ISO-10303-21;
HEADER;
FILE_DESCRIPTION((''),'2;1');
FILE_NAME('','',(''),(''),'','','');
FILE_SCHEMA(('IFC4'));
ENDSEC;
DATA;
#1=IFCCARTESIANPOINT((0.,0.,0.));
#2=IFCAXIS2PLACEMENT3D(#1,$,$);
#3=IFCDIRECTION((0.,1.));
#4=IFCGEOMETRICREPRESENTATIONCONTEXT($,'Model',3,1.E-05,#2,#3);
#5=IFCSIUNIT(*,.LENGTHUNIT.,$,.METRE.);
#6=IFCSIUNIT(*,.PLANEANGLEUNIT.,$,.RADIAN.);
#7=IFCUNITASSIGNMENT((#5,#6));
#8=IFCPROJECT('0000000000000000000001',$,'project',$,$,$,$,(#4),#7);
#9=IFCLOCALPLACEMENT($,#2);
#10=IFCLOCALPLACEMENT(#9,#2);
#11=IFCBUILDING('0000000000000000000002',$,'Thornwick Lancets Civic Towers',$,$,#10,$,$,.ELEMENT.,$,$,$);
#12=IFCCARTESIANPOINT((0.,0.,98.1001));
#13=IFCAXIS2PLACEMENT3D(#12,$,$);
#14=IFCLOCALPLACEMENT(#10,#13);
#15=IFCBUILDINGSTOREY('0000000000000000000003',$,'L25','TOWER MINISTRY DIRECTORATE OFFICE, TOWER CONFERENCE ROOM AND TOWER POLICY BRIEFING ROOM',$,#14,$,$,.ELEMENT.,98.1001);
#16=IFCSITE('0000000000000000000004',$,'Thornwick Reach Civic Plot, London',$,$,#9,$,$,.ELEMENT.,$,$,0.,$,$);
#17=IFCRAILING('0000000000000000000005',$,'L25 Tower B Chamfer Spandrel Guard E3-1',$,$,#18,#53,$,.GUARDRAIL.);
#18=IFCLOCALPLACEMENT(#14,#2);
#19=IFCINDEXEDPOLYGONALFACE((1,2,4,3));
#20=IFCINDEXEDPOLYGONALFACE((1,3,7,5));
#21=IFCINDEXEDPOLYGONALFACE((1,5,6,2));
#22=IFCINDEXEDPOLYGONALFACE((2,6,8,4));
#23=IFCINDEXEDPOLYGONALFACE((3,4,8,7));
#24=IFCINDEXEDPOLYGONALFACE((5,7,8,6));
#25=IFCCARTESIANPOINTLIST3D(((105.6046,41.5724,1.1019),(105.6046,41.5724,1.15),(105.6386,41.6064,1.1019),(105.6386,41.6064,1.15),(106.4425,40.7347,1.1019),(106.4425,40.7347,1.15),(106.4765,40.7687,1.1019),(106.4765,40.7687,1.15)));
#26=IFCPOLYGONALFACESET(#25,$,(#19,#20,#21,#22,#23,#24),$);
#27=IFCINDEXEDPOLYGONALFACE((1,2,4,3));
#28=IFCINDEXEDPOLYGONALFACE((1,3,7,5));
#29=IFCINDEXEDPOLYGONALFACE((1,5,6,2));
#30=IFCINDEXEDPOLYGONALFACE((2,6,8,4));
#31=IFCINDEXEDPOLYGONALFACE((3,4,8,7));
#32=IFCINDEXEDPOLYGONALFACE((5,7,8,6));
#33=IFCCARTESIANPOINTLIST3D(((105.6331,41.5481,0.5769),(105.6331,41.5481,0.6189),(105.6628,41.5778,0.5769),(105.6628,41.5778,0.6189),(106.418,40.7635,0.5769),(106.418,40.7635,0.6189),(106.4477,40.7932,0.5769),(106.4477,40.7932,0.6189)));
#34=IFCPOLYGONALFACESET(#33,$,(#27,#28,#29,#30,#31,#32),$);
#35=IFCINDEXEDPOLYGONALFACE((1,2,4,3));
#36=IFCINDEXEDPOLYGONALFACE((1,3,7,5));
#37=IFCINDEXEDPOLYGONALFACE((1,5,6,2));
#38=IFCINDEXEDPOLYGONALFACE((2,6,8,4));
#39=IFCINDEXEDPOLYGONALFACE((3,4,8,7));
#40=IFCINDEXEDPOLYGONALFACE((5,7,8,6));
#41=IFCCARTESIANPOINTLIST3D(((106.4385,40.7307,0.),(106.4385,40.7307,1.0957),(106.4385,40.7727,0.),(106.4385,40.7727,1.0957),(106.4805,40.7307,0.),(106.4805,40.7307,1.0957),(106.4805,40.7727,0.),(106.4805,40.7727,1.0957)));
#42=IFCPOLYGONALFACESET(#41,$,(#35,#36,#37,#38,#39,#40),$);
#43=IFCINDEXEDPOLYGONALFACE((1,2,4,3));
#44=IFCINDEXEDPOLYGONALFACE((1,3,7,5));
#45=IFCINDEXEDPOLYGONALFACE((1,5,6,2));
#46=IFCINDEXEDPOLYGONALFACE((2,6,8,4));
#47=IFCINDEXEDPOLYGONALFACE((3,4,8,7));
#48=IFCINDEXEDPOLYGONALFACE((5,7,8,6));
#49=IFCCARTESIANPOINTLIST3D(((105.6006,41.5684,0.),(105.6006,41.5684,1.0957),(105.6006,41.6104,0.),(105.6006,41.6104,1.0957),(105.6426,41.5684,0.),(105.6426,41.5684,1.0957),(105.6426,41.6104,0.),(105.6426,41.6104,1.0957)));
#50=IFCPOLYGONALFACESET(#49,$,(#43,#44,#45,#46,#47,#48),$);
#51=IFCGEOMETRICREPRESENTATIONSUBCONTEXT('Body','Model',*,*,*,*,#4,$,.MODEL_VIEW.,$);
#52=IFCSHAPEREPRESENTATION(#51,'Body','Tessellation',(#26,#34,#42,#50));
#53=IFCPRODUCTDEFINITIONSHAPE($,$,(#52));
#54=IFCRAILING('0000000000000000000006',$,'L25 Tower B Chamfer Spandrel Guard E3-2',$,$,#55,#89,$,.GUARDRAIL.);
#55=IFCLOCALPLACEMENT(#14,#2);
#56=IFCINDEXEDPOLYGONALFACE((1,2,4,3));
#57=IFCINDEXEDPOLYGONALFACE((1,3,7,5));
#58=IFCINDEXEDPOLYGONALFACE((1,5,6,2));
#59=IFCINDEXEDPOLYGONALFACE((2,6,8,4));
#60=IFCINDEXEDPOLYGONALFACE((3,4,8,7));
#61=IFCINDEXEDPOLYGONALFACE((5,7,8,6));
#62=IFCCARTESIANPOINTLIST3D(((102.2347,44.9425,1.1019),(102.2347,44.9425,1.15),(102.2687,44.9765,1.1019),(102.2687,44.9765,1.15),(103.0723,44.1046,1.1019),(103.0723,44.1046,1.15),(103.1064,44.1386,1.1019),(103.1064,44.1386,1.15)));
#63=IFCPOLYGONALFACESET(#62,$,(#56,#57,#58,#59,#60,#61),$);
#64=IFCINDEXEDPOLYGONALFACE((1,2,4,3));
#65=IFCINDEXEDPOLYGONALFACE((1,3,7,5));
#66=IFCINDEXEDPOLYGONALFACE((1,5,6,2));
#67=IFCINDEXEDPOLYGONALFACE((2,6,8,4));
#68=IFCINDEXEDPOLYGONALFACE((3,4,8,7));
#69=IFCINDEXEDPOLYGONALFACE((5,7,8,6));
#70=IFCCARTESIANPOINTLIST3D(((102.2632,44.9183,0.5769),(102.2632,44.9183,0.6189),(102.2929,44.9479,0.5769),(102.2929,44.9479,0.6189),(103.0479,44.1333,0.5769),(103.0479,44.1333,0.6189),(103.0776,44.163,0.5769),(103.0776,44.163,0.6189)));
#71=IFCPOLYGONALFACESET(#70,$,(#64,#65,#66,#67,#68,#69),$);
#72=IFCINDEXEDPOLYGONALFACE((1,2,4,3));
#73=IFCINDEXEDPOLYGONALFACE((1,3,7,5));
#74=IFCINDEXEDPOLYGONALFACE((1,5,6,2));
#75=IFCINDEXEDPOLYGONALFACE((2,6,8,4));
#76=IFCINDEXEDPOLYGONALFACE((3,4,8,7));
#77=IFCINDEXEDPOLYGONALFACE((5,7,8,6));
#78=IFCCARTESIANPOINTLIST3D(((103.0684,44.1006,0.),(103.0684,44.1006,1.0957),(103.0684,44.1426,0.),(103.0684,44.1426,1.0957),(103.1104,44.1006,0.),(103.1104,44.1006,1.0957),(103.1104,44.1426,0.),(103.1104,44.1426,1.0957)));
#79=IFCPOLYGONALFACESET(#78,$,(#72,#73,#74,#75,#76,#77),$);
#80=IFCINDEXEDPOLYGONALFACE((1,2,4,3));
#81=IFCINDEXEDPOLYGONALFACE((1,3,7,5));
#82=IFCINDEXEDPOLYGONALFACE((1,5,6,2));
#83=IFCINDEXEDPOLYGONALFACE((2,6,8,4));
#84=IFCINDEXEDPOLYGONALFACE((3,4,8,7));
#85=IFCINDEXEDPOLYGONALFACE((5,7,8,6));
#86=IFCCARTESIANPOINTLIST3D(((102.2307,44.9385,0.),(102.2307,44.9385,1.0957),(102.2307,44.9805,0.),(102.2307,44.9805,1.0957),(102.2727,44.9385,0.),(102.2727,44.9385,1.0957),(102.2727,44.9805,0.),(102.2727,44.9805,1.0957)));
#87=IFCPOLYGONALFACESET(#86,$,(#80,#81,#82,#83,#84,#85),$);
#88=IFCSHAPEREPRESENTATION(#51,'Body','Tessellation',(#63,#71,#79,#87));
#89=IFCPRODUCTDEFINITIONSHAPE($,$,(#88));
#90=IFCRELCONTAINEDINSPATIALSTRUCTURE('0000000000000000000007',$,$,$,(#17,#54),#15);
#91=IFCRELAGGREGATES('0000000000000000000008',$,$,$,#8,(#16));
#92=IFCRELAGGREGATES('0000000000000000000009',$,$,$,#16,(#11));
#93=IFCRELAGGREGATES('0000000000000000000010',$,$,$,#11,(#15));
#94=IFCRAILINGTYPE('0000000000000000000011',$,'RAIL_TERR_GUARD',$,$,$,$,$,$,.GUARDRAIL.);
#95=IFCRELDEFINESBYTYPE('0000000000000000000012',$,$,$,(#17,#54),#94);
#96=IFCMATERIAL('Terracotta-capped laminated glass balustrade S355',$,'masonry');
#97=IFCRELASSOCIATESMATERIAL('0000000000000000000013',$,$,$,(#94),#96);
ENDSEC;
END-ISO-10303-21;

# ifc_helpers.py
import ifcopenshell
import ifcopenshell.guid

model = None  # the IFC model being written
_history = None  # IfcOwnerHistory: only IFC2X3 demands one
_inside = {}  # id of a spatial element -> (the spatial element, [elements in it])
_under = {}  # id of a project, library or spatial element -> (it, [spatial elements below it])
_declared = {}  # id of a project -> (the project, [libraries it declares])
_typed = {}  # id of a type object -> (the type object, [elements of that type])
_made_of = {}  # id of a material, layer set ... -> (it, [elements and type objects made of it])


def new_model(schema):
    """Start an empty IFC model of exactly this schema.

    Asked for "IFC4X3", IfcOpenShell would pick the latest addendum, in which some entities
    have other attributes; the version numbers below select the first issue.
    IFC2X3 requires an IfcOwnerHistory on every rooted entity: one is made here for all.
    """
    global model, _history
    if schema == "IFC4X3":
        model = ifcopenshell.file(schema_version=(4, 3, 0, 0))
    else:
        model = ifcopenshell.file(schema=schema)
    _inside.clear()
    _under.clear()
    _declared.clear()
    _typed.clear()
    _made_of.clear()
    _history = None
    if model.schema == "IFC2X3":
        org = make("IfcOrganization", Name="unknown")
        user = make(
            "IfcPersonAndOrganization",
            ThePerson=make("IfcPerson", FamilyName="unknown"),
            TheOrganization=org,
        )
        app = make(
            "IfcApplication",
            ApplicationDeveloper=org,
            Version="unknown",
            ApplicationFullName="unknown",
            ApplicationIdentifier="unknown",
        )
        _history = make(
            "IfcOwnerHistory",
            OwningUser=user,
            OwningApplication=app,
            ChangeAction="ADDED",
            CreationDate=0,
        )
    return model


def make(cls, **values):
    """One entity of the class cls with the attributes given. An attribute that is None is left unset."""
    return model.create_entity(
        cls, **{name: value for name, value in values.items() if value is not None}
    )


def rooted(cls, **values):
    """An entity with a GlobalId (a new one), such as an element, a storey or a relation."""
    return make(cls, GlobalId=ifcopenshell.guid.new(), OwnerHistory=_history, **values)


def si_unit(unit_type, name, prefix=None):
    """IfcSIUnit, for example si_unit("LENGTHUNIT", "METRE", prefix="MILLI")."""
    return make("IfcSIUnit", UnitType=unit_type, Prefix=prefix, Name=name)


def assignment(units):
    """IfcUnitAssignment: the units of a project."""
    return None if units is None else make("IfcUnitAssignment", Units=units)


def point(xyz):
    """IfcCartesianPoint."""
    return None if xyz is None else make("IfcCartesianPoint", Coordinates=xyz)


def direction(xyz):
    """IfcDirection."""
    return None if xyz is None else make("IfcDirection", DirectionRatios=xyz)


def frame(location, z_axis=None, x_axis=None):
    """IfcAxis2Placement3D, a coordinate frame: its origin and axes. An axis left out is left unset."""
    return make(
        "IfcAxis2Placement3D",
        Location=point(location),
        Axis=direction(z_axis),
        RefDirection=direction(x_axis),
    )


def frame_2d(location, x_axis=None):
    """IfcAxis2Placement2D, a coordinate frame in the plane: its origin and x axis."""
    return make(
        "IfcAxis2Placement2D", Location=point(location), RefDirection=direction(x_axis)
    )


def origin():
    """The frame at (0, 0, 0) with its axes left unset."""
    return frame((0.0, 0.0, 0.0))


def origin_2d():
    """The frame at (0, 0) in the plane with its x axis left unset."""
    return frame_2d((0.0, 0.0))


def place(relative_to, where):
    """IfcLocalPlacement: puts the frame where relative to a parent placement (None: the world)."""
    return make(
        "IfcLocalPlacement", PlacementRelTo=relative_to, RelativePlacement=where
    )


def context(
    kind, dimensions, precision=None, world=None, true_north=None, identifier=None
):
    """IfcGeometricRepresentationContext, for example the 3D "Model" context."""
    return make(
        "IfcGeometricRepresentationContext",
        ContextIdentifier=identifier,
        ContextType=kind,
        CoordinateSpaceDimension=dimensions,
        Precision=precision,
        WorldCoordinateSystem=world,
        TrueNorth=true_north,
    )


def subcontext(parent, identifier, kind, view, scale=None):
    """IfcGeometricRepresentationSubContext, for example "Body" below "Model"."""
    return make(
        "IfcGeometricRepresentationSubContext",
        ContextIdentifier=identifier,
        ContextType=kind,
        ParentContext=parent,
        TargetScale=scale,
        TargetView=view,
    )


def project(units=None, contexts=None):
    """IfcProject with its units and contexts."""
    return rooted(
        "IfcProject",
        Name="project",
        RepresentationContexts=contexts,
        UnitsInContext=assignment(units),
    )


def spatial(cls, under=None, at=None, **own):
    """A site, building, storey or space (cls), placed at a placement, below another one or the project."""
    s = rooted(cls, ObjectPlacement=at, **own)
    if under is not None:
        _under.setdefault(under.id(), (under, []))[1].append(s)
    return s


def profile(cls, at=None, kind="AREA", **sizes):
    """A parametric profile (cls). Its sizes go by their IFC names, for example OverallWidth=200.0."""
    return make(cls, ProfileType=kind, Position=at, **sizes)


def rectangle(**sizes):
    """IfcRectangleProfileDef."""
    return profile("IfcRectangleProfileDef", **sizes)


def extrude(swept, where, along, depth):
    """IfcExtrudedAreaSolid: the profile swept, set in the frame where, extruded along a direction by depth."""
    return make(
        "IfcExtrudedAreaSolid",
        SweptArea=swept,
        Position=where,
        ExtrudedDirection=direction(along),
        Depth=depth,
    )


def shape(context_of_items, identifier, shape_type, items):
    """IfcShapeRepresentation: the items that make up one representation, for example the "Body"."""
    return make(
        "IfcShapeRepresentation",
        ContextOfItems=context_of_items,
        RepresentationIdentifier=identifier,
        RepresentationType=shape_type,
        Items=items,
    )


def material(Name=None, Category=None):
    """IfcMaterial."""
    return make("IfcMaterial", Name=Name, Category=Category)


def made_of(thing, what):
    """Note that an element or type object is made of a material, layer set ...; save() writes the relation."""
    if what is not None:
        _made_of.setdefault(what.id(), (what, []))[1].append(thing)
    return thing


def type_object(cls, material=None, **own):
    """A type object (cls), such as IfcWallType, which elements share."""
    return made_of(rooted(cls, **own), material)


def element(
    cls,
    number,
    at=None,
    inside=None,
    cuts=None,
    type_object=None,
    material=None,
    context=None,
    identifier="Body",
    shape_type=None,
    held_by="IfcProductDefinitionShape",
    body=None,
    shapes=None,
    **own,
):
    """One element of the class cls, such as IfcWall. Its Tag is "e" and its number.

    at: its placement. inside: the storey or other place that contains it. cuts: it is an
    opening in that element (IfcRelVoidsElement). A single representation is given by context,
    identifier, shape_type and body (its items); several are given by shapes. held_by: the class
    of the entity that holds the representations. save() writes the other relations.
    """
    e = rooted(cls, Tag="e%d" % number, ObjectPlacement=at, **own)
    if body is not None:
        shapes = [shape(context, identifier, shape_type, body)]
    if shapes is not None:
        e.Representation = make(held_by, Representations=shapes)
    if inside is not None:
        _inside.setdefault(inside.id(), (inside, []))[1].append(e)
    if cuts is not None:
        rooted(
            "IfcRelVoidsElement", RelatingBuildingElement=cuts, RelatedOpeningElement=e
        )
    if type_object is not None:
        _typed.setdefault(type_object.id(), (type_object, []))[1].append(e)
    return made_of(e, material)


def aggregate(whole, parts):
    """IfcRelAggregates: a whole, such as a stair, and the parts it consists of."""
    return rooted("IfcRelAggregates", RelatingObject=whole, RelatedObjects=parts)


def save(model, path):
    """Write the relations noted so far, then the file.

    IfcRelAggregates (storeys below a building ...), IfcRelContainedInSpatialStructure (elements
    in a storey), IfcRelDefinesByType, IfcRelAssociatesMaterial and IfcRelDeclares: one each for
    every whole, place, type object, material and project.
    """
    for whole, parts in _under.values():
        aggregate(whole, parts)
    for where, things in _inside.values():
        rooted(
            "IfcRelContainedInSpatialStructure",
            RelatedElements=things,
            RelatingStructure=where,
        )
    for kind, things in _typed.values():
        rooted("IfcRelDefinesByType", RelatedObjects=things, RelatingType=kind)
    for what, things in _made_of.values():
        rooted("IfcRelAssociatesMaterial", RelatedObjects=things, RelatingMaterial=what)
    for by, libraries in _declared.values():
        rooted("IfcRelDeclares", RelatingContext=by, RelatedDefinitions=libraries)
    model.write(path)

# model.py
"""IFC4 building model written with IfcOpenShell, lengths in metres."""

from ifc_helpers import new_model, si_unit, direction, frame, origin, origin_2d, place, context, subcontext, project, spatial, rectangle, extrude, material, type_object, element, save


model = new_model("IFC4")

# Units and contexts
model_context = context("Model", 3, precision=1e-05, world=origin(), true_north=direction((0.0, 1.0)))
body_context = subcontext(model_context, "Body", "Model", "MODEL_VIEW")
ifc_project = project(units=[si_unit("LENGTHUNIT", "METRE"), si_unit("PLANEANGLEUNIT", "RADIAN")], contexts=[model_context])

# Site, building, storey
site_placement = place(None, origin())
site = spatial("IfcSite", under=ifc_project, at=site_placement, Name="Thornwick Reach Civic Plot, London", CompositionType="ELEMENT", RefElevation=0.0)
building_placement = place(site_placement, origin())
building = spatial("IfcBuilding", under=site, at=building_placement, Name="Thornwick Lancets Civic Towers", CompositionType="ELEMENT")
storey_placement = place(building_placement, frame((0.0, 0.0, 98.1001)))
storey = spatial("IfcBuildingStorey", under=building, at=storey_placement, Name="L25", Description="TOWER MINISTRY DIRECTORATE OFFICE, TOWER CONFERENCE ROOM AND TOWER POLICY BRIEFING ROOM", CompositionType="ELEMENT", Elevation=98.1001)

# Railings
ifc_material_1 = material(Name="Terracotta-capped laminated glass balustrade S355", Category="masonry")
railing_type = type_object("IfcRailingType", Name="RAIL_TERR_GUARD", PredefinedType="GUARDRAIL", material=ifc_material_1)
railing_1_placement = place(storey_placement, frame((106.4595, 40.7517, 0.0)))
element("IfcRailing", 1, at=railing_1_placement, inside=storey, type_object=railing_type, Name="L25 Tower B Chamfer Spandrel Guard E3-1", PredefinedType="GUARDRAIL", context=body_context, shape_type="SweptSolid", body=[
    extrude(rectangle(XDim=0.0481, YDim=0.0481, at=origin_2d()), frame((0.0, 0.0, 1.126), z_axis=(-0.70721, 0.707004, 0.0), x_axis=(-0.707004, -0.70721, 0.0)), (0.0, 0.0, 1.0), 1.1848),
    extrude(rectangle(XDim=0.042, YDim=0.042, at=origin_2d()), frame((-0.0266, 0.0266, 0.5979), z_axis=(-0.70721, 0.707004, 0.0), x_axis=(-0.707004, -0.70721, 0.0)), (0.0, 0.0, 1.0), 1.1099),
    extrude(rectangle(XDim=0.042, YDim=0.042, at=origin_2d()), origin(), (0.0, 0.0, 1.0), 1.0957),
    extrude(rectangle(XDim=0.042, YDim=0.042, at=origin_2d()), frame((-0.8379, 0.8376, 0.0)), (0.0, 0.0, 1.0), 1.0957),
])
railing_2_placement = place(storey_placement, frame((103.0894, 44.1216, 0.0)))
element("IfcRailing", 2, at=railing_2_placement, inside=storey, type_object=railing_type, Name="L25 Tower B Chamfer Spandrel Guard E3-2", PredefinedType="GUARDRAIL", context=body_context, shape_type="SweptSolid", body=[
    extrude(rectangle(XDim=0.0481, YDim=0.0481, at=origin_2d()), frame((0.0, 0.0, 1.126), z_axis=(-0.707004, 0.70721, 0.0), x_axis=(-0.70721, -0.707004, 0.0)), (0.0, 0.0, 1.0), 1.1848),
    extrude(rectangle(XDim=0.042, YDim=0.042, at=origin_2d()), frame((-0.0266, 0.0266, 0.5979), z_axis=(-0.707004, 0.70721, 0.0), x_axis=(-0.70721, -0.707004, 0.0)), (0.0, 0.0, 1.0), 1.1099),
    extrude(rectangle(XDim=0.042, YDim=0.042, at=origin_2d()), origin(), (0.0, 0.0, 1.0), 1.0957),
    extrude(rectangle(XDim=0.042, YDim=0.042, at=origin_2d()), frame((-0.8376, 0.8379, 0.0)), (0.0, 0.0, 1.0), 1.0957),
])

save(model, "model.ifc")
